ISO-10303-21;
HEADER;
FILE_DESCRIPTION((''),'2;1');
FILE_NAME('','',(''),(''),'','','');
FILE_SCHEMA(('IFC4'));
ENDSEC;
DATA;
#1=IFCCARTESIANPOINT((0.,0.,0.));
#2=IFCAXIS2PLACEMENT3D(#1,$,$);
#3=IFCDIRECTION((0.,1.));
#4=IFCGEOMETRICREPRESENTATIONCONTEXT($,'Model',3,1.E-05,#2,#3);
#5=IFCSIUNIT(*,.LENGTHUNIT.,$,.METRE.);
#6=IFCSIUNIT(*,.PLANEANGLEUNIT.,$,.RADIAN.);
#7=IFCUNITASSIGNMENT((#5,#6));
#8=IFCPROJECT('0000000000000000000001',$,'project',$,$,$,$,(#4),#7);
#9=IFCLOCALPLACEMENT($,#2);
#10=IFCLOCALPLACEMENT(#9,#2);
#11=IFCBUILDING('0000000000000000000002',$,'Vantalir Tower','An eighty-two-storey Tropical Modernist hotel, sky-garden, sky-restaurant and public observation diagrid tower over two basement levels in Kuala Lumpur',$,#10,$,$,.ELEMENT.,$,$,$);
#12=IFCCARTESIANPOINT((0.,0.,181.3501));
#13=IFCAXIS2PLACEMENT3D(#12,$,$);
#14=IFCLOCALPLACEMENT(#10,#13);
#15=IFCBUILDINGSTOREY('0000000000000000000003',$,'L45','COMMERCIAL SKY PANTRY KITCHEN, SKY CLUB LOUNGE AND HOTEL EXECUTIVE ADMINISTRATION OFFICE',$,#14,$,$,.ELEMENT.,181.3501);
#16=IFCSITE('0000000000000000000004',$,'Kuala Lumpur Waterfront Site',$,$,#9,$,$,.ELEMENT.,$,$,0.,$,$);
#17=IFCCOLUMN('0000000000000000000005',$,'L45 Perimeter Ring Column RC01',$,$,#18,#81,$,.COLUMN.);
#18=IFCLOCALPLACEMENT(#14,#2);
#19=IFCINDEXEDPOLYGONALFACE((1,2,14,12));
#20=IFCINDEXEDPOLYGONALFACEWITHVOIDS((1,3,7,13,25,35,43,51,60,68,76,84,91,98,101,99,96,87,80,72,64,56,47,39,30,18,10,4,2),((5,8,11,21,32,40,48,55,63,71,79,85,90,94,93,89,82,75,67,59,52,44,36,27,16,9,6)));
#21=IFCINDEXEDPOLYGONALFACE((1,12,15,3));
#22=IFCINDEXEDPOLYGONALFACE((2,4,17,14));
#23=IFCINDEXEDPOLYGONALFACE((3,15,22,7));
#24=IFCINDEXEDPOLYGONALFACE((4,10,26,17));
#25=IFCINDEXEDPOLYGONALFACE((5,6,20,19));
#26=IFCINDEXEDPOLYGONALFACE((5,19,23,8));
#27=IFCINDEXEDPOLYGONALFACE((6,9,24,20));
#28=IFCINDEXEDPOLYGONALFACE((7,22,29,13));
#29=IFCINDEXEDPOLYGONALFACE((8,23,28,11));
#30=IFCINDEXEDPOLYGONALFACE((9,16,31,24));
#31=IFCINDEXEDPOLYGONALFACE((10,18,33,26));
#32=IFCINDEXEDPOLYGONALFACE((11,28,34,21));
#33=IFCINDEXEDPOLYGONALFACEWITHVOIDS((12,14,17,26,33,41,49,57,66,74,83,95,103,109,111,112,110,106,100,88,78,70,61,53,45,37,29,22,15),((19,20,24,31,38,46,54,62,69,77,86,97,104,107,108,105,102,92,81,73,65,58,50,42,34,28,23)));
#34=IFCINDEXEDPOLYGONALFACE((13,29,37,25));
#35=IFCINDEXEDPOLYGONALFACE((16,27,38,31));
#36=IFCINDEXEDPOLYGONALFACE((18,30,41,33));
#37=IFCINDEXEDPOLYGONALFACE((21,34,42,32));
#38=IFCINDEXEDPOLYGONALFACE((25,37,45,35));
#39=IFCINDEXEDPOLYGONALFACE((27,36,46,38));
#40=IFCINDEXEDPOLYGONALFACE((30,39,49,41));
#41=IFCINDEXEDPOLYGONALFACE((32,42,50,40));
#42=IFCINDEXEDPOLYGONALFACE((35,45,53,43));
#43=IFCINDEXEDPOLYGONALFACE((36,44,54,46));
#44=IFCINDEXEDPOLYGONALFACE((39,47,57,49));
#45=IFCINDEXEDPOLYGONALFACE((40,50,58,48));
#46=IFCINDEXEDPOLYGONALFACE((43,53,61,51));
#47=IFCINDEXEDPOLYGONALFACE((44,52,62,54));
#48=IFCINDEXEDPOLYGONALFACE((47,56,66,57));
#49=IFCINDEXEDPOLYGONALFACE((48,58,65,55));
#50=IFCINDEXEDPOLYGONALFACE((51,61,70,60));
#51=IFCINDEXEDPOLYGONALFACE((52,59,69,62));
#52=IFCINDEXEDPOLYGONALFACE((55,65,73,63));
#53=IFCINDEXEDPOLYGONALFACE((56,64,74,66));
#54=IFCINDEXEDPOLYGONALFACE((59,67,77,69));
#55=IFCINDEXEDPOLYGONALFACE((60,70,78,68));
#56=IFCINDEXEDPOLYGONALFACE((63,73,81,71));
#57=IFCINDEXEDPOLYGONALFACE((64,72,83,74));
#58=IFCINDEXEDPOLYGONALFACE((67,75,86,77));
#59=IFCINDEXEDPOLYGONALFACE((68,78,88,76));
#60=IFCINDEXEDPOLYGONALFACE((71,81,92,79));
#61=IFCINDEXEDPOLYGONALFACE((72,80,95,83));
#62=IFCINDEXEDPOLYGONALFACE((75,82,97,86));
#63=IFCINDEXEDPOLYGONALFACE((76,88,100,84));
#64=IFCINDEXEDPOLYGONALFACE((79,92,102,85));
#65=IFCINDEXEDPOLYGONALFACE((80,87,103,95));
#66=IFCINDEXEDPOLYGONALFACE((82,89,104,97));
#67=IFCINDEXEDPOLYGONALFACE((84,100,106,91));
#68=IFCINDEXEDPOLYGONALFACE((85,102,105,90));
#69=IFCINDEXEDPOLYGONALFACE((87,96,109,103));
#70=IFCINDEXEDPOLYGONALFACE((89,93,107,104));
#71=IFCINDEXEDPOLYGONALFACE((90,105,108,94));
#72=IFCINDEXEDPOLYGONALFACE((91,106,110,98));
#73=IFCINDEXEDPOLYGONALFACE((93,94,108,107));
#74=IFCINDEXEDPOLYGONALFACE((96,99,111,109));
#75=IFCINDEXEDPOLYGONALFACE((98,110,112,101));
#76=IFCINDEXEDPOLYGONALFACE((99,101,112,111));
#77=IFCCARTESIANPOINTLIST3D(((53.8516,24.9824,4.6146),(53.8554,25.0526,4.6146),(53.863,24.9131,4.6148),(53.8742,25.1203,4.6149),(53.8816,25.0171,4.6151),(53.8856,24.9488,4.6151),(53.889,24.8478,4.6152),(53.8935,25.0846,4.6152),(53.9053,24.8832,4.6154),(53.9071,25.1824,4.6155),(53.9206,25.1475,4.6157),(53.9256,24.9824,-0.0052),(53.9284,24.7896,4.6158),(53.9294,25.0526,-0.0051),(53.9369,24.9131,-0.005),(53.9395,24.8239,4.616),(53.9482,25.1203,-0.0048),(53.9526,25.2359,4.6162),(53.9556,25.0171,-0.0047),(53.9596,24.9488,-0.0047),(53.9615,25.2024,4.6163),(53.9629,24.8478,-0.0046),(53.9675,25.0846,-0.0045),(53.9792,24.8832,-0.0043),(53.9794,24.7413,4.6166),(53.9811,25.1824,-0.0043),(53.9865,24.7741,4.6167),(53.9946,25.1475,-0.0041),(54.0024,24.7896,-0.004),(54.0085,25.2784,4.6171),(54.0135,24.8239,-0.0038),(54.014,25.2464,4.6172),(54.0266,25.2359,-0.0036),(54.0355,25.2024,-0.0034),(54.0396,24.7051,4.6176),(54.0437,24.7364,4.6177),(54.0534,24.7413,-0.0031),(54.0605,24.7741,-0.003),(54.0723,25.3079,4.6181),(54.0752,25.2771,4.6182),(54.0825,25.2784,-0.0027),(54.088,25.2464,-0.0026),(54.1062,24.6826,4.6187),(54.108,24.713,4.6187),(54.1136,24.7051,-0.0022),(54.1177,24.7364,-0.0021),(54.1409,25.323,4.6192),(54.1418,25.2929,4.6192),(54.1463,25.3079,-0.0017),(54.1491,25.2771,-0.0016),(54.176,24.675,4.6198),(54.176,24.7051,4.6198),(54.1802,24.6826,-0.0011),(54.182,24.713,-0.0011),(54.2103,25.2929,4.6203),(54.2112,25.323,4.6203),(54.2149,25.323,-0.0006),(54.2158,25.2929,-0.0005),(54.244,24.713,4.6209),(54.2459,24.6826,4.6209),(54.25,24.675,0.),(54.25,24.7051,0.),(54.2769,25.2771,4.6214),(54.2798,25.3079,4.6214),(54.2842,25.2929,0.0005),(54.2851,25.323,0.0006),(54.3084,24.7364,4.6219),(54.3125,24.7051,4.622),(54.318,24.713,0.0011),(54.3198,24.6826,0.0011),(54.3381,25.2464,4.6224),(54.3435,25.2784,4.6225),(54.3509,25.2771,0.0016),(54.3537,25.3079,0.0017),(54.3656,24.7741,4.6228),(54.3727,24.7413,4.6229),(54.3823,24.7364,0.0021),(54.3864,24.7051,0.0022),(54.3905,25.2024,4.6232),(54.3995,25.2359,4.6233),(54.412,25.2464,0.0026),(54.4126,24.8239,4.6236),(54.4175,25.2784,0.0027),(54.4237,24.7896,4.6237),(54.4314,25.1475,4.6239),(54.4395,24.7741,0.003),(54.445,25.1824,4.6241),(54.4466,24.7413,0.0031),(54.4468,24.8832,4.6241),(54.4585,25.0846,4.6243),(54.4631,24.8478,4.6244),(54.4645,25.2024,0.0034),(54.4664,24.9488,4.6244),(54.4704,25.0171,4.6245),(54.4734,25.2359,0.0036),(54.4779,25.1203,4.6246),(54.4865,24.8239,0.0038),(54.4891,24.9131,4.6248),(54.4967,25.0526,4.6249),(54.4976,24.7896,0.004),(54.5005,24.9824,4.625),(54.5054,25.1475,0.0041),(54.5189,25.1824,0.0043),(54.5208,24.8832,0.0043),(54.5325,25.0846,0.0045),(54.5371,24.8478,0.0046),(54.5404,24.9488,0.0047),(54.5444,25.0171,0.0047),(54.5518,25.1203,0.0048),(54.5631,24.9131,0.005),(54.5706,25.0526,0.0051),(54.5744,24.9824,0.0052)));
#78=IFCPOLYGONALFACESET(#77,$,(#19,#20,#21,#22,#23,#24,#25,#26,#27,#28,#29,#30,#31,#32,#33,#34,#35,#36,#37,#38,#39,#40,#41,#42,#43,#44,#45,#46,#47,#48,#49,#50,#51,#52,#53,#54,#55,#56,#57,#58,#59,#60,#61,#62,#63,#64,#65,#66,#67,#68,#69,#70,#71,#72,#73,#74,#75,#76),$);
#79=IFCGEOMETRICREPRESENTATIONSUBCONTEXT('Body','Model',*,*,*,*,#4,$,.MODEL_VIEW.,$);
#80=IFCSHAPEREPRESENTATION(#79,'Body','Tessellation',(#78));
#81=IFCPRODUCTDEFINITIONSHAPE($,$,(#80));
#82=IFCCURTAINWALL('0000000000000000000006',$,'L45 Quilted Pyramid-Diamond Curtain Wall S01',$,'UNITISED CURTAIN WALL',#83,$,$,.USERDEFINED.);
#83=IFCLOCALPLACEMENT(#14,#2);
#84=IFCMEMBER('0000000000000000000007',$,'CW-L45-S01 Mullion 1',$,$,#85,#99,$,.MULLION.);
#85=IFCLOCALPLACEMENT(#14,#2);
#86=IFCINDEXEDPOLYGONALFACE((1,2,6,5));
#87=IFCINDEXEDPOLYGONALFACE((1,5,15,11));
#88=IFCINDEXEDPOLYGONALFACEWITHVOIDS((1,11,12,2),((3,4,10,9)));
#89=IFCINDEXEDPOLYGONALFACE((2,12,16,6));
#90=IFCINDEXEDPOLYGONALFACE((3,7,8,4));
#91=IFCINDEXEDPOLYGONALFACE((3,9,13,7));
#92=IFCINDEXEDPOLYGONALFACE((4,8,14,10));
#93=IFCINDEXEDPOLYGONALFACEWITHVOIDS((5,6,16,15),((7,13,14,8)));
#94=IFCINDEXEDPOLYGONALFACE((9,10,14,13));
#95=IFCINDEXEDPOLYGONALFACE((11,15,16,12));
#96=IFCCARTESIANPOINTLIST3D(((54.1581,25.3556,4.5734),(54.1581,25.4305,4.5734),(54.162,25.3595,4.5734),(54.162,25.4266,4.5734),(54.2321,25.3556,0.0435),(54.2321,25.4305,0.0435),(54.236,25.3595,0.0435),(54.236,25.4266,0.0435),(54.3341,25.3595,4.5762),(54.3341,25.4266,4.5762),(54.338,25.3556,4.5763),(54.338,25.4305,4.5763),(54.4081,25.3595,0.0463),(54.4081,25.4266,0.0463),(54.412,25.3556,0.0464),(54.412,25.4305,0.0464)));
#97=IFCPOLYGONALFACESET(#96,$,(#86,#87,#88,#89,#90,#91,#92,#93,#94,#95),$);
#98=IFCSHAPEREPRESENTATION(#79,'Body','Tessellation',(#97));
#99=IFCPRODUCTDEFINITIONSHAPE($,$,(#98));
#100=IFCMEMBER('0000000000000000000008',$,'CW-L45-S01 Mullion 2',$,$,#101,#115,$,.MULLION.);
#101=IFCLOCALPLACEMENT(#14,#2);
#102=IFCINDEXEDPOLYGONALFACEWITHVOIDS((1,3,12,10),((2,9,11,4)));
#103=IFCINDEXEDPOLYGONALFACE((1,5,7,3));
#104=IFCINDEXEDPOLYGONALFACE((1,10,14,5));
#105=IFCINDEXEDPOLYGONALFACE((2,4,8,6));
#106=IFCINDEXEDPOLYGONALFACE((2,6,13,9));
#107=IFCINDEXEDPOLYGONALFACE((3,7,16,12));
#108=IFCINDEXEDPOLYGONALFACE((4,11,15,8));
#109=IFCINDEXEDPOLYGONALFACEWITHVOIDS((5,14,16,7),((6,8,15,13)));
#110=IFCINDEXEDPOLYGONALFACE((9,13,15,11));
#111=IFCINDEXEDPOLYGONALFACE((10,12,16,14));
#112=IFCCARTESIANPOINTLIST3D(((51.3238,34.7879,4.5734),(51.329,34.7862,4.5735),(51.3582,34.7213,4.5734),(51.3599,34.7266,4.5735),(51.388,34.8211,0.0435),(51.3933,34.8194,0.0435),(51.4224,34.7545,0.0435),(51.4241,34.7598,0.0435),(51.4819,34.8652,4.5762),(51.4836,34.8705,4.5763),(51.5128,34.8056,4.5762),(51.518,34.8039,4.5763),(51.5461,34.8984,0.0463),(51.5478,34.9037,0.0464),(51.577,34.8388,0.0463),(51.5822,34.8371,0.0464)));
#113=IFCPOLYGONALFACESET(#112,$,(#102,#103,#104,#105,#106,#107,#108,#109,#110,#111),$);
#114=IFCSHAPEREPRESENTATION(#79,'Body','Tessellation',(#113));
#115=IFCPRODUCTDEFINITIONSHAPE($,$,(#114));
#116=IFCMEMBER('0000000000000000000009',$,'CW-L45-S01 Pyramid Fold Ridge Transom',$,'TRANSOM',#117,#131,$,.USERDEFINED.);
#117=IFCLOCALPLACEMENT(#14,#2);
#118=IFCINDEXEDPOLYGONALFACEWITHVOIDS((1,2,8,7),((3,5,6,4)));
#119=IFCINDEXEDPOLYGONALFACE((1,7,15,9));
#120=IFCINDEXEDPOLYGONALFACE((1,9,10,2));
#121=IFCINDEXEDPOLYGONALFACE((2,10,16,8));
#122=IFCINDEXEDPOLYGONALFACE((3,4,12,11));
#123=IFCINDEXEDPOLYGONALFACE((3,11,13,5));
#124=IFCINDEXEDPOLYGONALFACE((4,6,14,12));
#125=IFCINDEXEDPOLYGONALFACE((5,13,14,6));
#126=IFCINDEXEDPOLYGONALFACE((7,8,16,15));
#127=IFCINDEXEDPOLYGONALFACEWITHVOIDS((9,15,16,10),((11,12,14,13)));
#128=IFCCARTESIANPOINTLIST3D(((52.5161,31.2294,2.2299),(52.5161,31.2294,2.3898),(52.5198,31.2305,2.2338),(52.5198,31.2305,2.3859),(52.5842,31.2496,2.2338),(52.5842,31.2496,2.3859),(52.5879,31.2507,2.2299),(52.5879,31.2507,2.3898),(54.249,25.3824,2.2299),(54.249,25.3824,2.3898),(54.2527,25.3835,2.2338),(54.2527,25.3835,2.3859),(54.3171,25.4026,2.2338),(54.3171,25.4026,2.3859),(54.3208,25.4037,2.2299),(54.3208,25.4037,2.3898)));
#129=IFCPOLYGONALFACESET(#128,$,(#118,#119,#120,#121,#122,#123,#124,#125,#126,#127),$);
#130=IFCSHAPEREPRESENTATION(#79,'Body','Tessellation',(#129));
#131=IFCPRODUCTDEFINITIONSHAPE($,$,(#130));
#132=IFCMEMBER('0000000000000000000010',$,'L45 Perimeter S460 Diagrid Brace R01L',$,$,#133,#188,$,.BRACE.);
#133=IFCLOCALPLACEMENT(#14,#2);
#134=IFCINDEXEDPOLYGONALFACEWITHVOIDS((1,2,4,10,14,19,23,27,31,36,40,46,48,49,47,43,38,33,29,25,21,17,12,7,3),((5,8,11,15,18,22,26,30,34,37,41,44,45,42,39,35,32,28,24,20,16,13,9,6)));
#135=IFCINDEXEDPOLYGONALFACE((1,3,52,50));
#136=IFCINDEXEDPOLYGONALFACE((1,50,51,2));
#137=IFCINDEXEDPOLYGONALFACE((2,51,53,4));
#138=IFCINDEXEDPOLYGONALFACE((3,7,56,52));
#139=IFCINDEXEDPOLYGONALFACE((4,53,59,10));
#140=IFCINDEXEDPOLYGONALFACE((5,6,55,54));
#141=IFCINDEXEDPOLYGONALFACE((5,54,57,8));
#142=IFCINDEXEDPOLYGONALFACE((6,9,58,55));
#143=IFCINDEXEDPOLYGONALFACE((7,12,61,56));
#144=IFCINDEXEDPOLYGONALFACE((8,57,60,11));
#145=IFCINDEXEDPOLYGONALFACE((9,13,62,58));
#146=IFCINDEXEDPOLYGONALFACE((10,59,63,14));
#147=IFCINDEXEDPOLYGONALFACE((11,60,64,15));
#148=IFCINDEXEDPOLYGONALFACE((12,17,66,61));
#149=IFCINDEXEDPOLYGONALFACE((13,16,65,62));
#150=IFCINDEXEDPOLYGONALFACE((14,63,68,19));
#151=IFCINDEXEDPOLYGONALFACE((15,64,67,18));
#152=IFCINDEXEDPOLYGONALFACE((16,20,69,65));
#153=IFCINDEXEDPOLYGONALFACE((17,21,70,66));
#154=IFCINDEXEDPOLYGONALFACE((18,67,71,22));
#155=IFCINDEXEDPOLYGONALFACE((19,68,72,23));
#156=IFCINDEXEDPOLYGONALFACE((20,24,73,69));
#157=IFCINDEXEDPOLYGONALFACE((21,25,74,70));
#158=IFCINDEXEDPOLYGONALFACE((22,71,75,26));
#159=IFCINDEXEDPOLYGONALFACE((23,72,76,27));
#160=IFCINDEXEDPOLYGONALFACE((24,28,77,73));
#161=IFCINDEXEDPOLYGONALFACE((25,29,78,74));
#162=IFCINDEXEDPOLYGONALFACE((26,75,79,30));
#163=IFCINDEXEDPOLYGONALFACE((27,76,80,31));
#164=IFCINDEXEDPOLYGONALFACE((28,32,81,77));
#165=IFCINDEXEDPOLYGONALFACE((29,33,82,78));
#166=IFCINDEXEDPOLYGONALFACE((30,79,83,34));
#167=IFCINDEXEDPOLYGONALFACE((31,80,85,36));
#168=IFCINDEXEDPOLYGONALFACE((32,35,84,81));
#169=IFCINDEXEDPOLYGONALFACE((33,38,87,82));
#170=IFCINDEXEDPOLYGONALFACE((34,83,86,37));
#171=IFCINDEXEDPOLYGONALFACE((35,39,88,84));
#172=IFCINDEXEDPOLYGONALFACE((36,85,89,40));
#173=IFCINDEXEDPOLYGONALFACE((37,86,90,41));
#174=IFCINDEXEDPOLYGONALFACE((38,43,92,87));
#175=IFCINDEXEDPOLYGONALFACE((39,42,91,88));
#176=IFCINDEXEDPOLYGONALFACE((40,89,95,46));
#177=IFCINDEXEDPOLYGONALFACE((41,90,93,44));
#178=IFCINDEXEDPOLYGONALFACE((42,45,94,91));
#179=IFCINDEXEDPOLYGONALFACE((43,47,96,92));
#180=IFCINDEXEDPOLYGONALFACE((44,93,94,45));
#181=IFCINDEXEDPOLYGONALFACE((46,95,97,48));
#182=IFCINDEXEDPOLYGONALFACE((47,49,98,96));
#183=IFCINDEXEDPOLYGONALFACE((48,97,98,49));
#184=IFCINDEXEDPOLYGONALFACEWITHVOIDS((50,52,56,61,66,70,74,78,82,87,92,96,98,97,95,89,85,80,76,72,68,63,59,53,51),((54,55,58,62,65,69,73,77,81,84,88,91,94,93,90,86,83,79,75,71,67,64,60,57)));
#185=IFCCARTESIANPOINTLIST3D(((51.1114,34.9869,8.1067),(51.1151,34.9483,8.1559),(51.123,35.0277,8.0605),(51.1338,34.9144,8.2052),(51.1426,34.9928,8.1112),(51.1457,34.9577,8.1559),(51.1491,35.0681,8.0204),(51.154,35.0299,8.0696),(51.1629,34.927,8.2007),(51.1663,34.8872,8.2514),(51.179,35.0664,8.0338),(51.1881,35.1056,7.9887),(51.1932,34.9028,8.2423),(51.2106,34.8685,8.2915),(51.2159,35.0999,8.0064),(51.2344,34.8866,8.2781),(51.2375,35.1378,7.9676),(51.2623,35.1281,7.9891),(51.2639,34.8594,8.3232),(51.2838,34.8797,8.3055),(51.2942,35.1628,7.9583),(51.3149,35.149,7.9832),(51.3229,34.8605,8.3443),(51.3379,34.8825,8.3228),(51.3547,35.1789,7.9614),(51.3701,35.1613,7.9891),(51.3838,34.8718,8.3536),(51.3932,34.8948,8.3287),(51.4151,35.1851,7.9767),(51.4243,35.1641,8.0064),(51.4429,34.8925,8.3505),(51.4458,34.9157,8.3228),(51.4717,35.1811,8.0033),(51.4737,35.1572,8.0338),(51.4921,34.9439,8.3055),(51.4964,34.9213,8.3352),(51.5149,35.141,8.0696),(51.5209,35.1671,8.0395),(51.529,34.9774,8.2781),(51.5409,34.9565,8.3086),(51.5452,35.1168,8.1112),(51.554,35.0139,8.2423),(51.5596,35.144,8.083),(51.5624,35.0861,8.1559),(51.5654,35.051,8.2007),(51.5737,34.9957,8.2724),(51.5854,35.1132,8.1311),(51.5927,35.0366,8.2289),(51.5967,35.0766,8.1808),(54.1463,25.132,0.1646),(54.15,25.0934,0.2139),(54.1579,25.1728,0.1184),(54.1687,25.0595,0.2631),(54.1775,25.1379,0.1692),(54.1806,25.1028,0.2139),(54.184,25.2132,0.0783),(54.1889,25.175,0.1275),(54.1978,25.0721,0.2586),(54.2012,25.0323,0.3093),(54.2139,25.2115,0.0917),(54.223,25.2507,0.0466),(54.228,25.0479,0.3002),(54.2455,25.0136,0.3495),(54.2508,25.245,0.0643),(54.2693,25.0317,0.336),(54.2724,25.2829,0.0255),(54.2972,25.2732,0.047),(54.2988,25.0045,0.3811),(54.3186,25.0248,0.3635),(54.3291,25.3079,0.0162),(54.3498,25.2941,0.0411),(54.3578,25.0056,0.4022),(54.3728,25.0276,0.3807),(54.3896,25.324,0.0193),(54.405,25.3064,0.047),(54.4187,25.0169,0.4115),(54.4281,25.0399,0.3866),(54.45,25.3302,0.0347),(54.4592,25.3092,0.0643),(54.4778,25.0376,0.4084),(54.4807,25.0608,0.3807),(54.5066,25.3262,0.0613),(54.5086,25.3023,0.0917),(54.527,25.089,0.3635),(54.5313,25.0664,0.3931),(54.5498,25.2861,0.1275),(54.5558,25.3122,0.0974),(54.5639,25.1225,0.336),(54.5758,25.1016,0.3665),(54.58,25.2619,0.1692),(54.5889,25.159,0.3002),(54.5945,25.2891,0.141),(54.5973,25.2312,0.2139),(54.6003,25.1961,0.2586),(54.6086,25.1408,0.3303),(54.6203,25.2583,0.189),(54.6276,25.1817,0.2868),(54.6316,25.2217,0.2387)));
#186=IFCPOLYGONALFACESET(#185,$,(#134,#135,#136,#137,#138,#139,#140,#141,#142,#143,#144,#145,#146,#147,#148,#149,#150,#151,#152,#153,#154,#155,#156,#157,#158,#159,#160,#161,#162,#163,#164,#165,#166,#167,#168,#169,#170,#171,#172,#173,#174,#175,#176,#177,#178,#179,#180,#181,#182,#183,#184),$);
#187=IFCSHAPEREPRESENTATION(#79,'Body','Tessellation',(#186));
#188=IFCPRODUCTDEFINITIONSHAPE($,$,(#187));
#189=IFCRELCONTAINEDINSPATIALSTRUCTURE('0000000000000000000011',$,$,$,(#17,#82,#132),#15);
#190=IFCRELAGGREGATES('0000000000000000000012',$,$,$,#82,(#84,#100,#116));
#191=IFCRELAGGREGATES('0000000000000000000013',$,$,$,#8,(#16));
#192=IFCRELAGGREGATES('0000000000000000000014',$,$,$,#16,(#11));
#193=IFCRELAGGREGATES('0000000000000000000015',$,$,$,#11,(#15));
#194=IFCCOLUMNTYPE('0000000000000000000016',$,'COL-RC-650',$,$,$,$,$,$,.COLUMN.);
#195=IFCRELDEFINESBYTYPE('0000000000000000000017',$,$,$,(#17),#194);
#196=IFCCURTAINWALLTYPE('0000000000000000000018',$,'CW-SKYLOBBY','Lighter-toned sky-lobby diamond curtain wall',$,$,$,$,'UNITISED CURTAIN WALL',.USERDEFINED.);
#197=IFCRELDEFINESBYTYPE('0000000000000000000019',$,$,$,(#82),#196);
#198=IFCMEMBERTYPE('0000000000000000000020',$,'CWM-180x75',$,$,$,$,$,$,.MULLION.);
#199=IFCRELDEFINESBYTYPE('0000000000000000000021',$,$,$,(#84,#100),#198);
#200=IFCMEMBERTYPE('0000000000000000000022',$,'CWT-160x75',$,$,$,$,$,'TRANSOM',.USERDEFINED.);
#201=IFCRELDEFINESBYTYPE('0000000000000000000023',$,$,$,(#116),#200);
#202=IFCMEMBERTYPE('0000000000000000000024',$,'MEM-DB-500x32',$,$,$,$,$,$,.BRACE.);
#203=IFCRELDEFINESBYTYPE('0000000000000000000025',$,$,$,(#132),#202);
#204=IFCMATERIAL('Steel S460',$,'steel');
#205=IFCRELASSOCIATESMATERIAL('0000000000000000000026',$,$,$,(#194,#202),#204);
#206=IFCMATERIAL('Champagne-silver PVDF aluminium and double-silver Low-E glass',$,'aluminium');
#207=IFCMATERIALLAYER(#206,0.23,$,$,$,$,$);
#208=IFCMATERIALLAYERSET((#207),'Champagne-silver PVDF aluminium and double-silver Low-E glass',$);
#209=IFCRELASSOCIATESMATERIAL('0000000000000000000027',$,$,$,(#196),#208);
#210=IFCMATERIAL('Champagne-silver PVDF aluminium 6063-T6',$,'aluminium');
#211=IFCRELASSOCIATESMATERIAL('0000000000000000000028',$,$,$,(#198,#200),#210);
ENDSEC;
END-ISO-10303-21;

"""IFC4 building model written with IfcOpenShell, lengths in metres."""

from ifc_helpers import new_model, si_unit, direction, frame, origin, origin_2d, place, context, subcontext, project, spatial, hollow_rectangle, hollow_circle, extrude, material, layer, layer_set, material_profile, profile_set, type_object, element, aggregate, save


model = new_model("IFC4")

# Units and contexts
model_context = context("Model", 3, precision=1e-05, world=origin(), true_north=direction((0.0, 1.0)))
body_context = subcontext(model_context, "Body", "Model", "MODEL_VIEW")
ifc_project = project(units=[si_unit("LENGTHUNIT", "METRE"), si_unit("PLANEANGLEUNIT", "RADIAN")], contexts=[model_context])

# Site, building, storey
site_placement = place(None, origin())
site = spatial("IfcSite", under=ifc_project, at=site_placement, Name="Kuala Lumpur Waterfront Site", CompositionType="ELEMENT", RefElevation=0.0)
building_placement = place(site_placement, origin())
building = spatial("IfcBuilding", under=site, at=building_placement, Name="Vantalir Tower", Description="An eighty-two-storey Tropical Modernist hotel, sky-garden, sky-restaurant and public observation diagrid tower over two basement levels in Kuala Lumpur", CompositionType="ELEMENT")
storey_placement = place(building_placement, frame((0.0, 0.0, 181.3501)))
storey = spatial("IfcBuildingStorey", under=building, at=storey_placement, Name="L45", Description="COMMERCIAL SKY PANTRY KITCHEN, SKY CLUB LOUNGE AND HOTEL EXECUTIVE ADMINISTRATION OFFICE", CompositionType="ELEMENT", Elevation=181.3501)

# Column
ifc_material_1 = material(Name="Steel S460", Category="steel")
ifc_material_profile_1 = material_profile(ifc_material_1, hollow_circle(Radius=0.325, WallThickness=0.03, at=origin_2d()), Name="Steel S460")
ifc_profile_set_1 = profile_set([ifc_material_profile_1], Name="Steel S460")
column_type = type_object("IfcColumnType", Name="COL-RC-650", PredefinedType="COLUMN", material=ifc_profile_set_1)
column_placement = place(storey_placement, frame((54.25, 25.0, 0.0), z_axis=(-0.01601, 0.0, 0.999872), x_axis=(0.0, -1.0, 0.0)))
element("IfcColumn", 1, at=column_placement, inside=storey, type_object=column_type, Name="L45 Perimeter Ring Column RC01", PredefinedType="COLUMN", context=body_context, shape_type="SweptSolid", body=[
    extrude(hollow_circle(Radius=0.325, WallThickness=0.03, at=origin_2d()), origin(), (0.0, 0.0, 1.0), 4.6204),
])

# Curtain wall, members
ifc_material_2 = material(Name="Champagne-silver PVDF aluminium and double-silver Low-E glass", Category="aluminium")
ifc_layer_1 = layer(ifc_material_2, 0.23)
ifc_layer_set_1 = layer_set([ifc_layer_1], Name="Champagne-silver PVDF aluminium and double-silver Low-E glass")
curtain_wall_type = type_object("IfcCurtainWallType", Name="CW-SKYLOBBY", Description="Lighter-toned sky-lobby diamond curtain wall", ElementType="UNITISED CURTAIN WALL", PredefinedType="USERDEFINED", material=ifc_layer_set_1)
curtain_wall_placement = place(storey_placement, origin())
curtain_wall = element("IfcCurtainWall", 2, at=curtain_wall_placement, inside=storey, type_object=curtain_wall_type, Name="L45 Quilted Pyramid-Diamond Curtain Wall S01", ObjectType="UNITISED CURTAIN WALL", PredefinedType="USERDEFINED")
ifc_material_3 = material(Name="Champagne-silver PVDF aluminium 6063-T6", Category="aluminium")
ifc_material_profile_2 = material_profile(ifc_material_3, hollow_rectangle(XDim=0.075, YDim=0.1799, WallThickness=0.0039, at=origin_2d()), Name="Champagne-silver PVDF aluminium 6063-T6")
ifc_profile_set_2 = profile_set([ifc_material_profile_2], Name="Champagne-silver PVDF aluminium 6063-T6")
member_type_1 = type_object("IfcMemberType", Name="CWM-180x75", PredefinedType="MULLION", material=ifc_profile_set_2)
member_1_placement = place(storey_placement, frame((54.322, 25.3931, 0.0449), z_axis=(-0.016328, 0.0, 0.999867), x_axis=(0.0, -1.0, 0.0)))
member_1 = element("IfcMember", 3, at=member_1_placement, type_object=member_type_1, Name="CW-L45-S01 Mullion 1", PredefinedType="MULLION", context=body_context, shape_type="SweptSolid", body=[
    extrude(hollow_rectangle(XDim=0.075, YDim=0.1799, WallThickness=0.0039, at=origin_2d()), origin(), (0.0, 0.0, 1.0), 4.5305),
])
member_2_placement = place(storey_placement, frame((51.4851, 34.8291, 0.0449), z_axis=(-0.014172, -0.007329, 0.999873), x_axis=(0.459331, -0.888265, 0.0)))
member_2 = element("IfcMember", 4, at=member_2_placement, type_object=member_type_1, Name="CW-L45-S01 Mullion 2", PredefinedType="MULLION", context=body_context, shape_type="SweptSolid", body=[
    extrude(hollow_rectangle(XDim=0.075, YDim=0.1799, WallThickness=0.0039, at=origin_2d()), origin(), (0.0, 0.0, 1.0), 4.5305),
])
ifc_material_profile_3 = material_profile(ifc_material_3, hollow_rectangle(XDim=0.075, YDim=0.1599, WallThickness=0.0039, at=origin_2d()), Name="Champagne-silver PVDF aluminium 6063-T6")
ifc_profile_set_3 = profile_set([ifc_material_profile_3], Name="Champagne-silver PVDF aluminium 6063-T6")
member_type_2 = type_object("IfcMemberType", Name="CWT-160x75", ElementType="TRANSOM", PredefinedType="USERDEFINED", material=ifc_profile_set_3)
member_3_placement = place(storey_placement, frame((54.2849, 25.3931, 2.3098), z_axis=(-0.284162, 0.958776, 0.0), x_axis=(-0.958776, -0.284162, 0.0)))
member_3 = element("IfcMember", 5, at=member_3_placement, type_object=member_type_2, Name="CW-L45-S01 Pyramid Fold Ridge Transom", ObjectType="TRANSOM", PredefinedType="USERDEFINED", context=body_context, shape_type="SweptSolid", body=[
    extrude(hollow_rectangle(XDim=0.075, YDim=0.1599, WallThickness=0.0039, at=origin_2d()), origin(), (0.0, 0.0, 1.0), 6.0984),
])

# Member
ifc_material_profile_4 = material_profile(ifc_material_1, hollow_circle(Radius=0.25, WallThickness=0.032, at=origin_2d()), Name="Steel S460")
ifc_profile_set_4 = profile_set([ifc_material_profile_4], Name="Steel S460")
member_type_3 = type_object("IfcMemberType", Name="MEM-DB-500x32", PredefinedType="BRACE", material=ifc_profile_set_4)
member_4_placement = place(storey_placement, frame((54.3889, 25.167, 0.2139), z_axis=(-0.233173, 0.75716, 0.610196), x_axis=(-0.955708, -0.294317, 0.0)))
element("IfcMember", 6, at=member_4_placement, inside=storey, type_object=member_type_3, Name="L45 Perimeter S460 Diagrid Brace R01L", PredefinedType="BRACE", context=body_context, shape_type="SweptSolid", body=[
    extrude(hollow_circle(Radius=0.25, WallThickness=0.032, at=origin_2d()), origin(), (0.0, 0.0, 1.0), 13.0156),
])

aggregate(curtain_wall, [member_1, member_2, member_3])

save(model, "model.ifc")
